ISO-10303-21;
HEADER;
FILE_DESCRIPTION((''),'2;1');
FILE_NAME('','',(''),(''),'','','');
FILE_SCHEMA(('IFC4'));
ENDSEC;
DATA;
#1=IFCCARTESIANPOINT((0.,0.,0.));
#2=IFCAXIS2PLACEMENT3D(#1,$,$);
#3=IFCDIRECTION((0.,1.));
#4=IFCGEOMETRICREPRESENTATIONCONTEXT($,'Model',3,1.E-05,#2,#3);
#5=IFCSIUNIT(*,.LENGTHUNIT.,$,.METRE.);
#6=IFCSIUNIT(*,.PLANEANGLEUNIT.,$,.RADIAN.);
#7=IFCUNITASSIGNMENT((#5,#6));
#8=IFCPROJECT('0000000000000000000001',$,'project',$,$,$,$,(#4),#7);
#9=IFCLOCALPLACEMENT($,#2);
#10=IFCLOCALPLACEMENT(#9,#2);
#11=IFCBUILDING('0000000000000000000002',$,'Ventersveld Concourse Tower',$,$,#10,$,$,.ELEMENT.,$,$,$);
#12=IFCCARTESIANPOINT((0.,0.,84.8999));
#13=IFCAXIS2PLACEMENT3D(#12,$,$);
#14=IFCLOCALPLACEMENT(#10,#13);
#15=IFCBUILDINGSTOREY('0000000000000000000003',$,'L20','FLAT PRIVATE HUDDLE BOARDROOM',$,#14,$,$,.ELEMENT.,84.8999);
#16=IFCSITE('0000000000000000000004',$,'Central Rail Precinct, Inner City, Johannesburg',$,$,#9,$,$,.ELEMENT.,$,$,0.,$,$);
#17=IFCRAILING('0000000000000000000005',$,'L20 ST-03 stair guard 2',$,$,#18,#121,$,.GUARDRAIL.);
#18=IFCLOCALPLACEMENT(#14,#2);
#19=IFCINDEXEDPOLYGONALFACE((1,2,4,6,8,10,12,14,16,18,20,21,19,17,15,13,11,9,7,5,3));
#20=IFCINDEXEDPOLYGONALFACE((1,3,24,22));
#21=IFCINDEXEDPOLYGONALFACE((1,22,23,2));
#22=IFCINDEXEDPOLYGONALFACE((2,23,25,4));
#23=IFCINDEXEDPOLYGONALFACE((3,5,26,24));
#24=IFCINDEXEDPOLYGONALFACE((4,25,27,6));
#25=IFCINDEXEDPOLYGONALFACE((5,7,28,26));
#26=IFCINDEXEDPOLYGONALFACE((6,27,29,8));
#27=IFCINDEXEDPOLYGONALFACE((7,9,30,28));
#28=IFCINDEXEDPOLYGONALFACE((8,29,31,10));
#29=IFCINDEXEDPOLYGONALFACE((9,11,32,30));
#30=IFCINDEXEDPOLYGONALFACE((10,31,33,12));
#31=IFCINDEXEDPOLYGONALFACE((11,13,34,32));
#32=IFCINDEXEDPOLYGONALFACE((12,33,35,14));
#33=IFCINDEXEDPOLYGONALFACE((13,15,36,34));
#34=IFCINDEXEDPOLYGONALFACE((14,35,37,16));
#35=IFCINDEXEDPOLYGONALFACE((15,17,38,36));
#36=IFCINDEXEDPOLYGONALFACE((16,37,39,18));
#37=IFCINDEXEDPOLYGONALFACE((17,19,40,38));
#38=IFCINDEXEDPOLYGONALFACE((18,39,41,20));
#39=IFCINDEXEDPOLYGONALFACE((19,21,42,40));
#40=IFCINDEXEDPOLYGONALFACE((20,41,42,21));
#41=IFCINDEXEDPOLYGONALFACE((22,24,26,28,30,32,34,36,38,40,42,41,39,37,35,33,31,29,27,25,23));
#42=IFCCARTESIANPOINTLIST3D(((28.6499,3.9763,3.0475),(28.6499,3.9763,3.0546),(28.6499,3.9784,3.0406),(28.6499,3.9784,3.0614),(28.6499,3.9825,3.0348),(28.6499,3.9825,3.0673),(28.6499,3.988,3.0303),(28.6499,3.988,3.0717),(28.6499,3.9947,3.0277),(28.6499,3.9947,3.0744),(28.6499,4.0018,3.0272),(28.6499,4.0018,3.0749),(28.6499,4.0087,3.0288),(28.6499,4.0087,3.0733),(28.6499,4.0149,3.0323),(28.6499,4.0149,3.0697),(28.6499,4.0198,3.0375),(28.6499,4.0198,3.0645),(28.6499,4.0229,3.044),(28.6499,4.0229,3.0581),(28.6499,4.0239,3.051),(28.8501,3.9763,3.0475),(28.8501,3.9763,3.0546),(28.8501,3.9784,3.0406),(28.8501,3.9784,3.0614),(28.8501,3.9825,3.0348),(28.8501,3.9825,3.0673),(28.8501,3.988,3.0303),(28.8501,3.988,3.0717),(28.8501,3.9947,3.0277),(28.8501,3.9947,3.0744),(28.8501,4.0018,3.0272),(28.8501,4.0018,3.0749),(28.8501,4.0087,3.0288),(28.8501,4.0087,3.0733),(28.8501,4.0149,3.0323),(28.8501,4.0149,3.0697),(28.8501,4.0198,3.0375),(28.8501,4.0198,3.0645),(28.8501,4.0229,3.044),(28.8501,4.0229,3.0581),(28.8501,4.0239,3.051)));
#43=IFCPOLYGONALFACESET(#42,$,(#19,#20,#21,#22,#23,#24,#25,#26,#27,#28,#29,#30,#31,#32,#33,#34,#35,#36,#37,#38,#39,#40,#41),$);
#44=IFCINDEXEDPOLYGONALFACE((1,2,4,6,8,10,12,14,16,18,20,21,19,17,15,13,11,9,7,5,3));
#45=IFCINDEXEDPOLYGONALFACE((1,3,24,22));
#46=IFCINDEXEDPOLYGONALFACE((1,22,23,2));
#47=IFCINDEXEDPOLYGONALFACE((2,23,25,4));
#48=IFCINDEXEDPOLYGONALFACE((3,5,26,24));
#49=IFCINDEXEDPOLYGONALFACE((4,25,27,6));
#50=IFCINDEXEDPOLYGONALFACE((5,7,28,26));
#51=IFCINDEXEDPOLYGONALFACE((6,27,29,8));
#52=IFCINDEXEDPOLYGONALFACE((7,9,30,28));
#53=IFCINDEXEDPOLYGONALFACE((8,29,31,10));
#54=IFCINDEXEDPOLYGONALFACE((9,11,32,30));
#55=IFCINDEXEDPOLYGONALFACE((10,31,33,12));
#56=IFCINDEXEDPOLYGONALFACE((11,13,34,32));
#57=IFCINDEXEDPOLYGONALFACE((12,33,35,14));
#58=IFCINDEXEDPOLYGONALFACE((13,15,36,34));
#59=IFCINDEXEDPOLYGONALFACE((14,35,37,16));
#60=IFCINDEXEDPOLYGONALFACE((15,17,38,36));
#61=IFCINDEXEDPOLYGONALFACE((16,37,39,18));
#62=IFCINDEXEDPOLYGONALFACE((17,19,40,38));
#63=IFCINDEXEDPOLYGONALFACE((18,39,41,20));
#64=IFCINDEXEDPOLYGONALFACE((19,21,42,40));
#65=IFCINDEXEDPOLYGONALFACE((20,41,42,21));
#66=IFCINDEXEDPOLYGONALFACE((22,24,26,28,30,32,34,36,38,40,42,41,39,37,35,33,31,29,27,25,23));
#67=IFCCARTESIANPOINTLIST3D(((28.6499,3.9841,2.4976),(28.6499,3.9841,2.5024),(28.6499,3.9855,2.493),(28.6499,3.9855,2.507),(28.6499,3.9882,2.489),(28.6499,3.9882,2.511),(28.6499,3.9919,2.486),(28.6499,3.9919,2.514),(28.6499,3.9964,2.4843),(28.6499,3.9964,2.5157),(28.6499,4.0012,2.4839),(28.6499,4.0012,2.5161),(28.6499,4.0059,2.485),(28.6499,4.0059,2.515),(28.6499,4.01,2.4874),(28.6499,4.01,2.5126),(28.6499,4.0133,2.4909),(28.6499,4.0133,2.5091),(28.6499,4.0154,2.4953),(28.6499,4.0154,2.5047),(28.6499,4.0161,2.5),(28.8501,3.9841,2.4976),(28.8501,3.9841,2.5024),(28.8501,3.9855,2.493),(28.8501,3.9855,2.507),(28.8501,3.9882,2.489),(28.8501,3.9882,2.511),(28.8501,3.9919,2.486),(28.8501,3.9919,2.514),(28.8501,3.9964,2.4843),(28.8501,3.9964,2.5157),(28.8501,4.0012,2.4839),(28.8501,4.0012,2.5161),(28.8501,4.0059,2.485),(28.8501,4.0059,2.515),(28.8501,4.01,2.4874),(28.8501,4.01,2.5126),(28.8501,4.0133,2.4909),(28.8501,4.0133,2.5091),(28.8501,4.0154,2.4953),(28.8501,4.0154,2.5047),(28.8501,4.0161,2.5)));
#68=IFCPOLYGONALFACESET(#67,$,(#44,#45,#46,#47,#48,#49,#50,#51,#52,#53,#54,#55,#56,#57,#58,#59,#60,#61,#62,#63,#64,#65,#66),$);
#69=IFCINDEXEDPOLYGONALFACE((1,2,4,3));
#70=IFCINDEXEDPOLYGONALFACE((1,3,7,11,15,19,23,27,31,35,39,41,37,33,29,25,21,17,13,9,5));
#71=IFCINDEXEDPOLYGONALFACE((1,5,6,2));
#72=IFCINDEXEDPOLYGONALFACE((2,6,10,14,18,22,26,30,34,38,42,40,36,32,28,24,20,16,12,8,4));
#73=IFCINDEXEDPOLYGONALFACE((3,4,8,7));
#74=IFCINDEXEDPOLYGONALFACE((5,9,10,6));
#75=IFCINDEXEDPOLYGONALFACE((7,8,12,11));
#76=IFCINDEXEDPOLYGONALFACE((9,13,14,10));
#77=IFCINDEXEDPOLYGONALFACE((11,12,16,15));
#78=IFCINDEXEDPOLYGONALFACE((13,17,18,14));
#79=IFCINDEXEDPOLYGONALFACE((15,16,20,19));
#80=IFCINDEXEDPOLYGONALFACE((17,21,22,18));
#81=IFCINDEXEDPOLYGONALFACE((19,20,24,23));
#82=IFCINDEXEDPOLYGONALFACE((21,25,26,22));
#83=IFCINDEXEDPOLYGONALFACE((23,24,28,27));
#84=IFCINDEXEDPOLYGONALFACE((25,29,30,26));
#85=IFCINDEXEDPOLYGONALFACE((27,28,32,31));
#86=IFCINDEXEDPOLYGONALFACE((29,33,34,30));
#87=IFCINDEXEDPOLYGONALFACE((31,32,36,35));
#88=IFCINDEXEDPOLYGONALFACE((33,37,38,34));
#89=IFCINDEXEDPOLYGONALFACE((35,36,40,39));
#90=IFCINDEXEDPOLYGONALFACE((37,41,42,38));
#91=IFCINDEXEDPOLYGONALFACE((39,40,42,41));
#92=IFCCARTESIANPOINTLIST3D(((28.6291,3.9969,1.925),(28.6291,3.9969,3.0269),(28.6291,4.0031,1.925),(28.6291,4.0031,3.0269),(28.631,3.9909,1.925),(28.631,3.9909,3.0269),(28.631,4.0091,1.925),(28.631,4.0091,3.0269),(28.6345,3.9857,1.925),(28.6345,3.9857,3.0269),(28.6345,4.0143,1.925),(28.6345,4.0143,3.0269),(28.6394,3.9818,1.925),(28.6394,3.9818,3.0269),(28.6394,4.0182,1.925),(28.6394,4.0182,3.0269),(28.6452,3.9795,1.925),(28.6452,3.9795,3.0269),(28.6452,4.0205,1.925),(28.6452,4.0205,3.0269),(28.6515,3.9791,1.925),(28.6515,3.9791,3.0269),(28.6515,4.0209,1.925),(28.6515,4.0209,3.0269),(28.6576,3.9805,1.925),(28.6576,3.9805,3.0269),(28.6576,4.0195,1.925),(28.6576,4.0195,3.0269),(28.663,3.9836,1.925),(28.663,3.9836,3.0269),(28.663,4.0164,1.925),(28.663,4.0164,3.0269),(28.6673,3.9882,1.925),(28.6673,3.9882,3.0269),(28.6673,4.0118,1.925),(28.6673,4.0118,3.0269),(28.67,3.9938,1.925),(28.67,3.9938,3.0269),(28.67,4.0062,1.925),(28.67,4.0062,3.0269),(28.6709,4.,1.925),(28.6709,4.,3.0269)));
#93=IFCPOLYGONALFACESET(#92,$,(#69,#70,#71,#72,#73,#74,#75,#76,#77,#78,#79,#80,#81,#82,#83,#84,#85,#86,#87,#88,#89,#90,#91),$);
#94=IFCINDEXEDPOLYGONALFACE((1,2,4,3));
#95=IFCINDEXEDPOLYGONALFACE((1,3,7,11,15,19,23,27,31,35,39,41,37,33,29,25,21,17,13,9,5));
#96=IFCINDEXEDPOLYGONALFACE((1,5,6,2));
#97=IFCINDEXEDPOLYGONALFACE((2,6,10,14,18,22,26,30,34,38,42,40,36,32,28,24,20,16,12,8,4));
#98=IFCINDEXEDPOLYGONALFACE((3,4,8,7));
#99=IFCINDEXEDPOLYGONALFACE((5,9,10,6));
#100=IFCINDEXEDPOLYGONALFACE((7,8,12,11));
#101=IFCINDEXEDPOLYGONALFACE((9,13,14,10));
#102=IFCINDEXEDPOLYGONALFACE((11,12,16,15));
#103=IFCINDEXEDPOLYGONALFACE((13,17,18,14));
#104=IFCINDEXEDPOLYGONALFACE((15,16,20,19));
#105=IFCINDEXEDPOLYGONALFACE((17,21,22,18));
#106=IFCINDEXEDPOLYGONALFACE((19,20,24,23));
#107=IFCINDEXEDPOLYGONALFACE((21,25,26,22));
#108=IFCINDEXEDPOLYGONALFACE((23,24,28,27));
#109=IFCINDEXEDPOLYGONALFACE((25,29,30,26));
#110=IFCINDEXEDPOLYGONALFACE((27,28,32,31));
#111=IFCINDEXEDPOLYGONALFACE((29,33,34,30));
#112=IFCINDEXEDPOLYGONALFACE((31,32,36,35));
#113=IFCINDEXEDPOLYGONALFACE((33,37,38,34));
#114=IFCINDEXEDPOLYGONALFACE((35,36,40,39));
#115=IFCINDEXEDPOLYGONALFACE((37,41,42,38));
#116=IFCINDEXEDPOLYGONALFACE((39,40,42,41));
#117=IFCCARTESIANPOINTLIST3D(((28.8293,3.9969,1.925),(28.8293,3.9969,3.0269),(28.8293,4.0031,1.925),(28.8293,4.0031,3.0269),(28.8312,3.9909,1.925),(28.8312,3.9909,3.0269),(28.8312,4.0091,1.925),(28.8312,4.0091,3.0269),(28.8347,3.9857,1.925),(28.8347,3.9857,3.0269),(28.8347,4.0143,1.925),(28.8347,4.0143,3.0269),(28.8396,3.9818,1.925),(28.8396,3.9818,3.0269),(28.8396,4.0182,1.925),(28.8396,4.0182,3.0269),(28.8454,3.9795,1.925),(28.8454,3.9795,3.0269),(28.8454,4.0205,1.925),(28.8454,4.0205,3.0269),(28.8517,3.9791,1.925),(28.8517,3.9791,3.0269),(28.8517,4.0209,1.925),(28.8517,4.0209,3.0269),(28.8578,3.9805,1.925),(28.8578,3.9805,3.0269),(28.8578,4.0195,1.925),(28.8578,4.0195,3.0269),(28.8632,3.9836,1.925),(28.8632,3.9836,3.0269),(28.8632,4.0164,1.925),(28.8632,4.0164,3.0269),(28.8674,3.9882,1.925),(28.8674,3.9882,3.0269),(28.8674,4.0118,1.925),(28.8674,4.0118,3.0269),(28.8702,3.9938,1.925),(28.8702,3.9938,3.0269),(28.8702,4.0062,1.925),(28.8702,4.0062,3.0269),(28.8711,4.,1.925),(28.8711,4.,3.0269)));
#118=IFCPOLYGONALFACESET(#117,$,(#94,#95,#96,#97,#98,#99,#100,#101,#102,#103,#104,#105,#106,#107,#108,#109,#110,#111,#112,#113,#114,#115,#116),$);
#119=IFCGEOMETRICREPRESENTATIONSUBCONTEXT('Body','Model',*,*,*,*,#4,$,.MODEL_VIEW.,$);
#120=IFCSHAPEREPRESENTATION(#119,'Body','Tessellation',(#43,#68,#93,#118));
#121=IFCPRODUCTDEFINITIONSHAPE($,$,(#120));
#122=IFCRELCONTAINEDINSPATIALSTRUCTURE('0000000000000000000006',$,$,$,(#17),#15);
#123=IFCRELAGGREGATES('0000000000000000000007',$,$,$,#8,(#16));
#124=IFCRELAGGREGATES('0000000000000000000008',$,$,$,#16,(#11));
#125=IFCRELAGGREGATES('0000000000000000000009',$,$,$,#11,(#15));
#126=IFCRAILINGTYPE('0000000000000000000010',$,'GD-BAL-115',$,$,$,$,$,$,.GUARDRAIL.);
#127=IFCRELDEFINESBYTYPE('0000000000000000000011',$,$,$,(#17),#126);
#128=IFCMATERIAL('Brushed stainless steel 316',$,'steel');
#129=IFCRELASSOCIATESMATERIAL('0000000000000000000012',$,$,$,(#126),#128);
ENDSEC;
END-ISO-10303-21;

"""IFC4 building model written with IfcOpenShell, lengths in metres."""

from ifc_helpers import new_model, si_unit, direction, frame, origin, origin_2d, place, context, subcontext, project, spatial, circle, extrude, material, type_object, element, save


model = new_model("IFC4")

# Units and contexts
model_context = context("Model", 3, precision=1e-05, world=origin(), true_north=direction((0.0, 1.0)))
body_context = subcontext(model_context, "Body", "Model", "MODEL_VIEW")
ifc_project = project(units=[si_unit("LENGTHUNIT", "METRE"), si_unit("PLANEANGLEUNIT", "RADIAN")], contexts=[model_context])

# Site, building, storey
site_placement = place(None, origin())
site = spatial("IfcSite", under=ifc_project, at=site_placement, Name="Central Rail Precinct, Inner City, Johannesburg", CompositionType="ELEMENT", RefElevation=0.0)
building_placement = place(site_placement, origin())
building = spatial("IfcBuilding", under=site, at=building_placement, Name="Ventersveld Concourse Tower", CompositionType="ELEMENT")
storey_placement = place(building_placement, frame((0.0, 0.0, 84.8999)))
storey = spatial("IfcBuildingStorey", under=building, at=storey_placement, Name="L20", Description="FLAT PRIVATE HUDDLE BOARDROOM", CompositionType="ELEMENT", Elevation=84.8999)

# Railing
ifc_material_1 = material(Name="Brushed stainless steel 316", Category="steel")
railing_type_1 = type_object("IfcRailingType", Name="GD-BAL-115", PredefinedType="GUARDRAIL", material=ifc_material_1)
railing_1_placement = place(storey_placement, frame((28.6499, 4.0, 1.925)))
element("IfcRailing", 1, at=railing_1_placement, inside=storey, type_object=railing_type_1, Name="L20 ST-03 stair guard 2", PredefinedType="GUARDRAIL", context=body_context, shape_type="SweptSolid", body=[
    extrude(circle(Radius=0.0239, at=origin_2d()), frame((0.0, 0.0, 1.126), z_axis=(1.0, 0.0, 0.0), x_axis=(0.0, 1.0, 0.0)), (0.0, 0.0, 1.0), 0.2002),
    extrude(circle(Radius=0.0161, at=origin_2d()), frame((0.0, 0.0, 0.575), z_axis=(1.0, 0.0, 0.0), x_axis=(0.0, 1.0, 0.0)), (0.0, 0.0, 1.0), 0.2002),
    extrude(circle(Radius=0.021, at=origin_2d()), origin(), (0.0, 0.0, 1.0), 1.1018),
    extrude(circle(Radius=0.021, at=origin_2d()), frame((0.2002, 0.0, 0.0)), (0.0, 0.0, 1.0), 1.1018),
])

save(model, "model.ifc")
